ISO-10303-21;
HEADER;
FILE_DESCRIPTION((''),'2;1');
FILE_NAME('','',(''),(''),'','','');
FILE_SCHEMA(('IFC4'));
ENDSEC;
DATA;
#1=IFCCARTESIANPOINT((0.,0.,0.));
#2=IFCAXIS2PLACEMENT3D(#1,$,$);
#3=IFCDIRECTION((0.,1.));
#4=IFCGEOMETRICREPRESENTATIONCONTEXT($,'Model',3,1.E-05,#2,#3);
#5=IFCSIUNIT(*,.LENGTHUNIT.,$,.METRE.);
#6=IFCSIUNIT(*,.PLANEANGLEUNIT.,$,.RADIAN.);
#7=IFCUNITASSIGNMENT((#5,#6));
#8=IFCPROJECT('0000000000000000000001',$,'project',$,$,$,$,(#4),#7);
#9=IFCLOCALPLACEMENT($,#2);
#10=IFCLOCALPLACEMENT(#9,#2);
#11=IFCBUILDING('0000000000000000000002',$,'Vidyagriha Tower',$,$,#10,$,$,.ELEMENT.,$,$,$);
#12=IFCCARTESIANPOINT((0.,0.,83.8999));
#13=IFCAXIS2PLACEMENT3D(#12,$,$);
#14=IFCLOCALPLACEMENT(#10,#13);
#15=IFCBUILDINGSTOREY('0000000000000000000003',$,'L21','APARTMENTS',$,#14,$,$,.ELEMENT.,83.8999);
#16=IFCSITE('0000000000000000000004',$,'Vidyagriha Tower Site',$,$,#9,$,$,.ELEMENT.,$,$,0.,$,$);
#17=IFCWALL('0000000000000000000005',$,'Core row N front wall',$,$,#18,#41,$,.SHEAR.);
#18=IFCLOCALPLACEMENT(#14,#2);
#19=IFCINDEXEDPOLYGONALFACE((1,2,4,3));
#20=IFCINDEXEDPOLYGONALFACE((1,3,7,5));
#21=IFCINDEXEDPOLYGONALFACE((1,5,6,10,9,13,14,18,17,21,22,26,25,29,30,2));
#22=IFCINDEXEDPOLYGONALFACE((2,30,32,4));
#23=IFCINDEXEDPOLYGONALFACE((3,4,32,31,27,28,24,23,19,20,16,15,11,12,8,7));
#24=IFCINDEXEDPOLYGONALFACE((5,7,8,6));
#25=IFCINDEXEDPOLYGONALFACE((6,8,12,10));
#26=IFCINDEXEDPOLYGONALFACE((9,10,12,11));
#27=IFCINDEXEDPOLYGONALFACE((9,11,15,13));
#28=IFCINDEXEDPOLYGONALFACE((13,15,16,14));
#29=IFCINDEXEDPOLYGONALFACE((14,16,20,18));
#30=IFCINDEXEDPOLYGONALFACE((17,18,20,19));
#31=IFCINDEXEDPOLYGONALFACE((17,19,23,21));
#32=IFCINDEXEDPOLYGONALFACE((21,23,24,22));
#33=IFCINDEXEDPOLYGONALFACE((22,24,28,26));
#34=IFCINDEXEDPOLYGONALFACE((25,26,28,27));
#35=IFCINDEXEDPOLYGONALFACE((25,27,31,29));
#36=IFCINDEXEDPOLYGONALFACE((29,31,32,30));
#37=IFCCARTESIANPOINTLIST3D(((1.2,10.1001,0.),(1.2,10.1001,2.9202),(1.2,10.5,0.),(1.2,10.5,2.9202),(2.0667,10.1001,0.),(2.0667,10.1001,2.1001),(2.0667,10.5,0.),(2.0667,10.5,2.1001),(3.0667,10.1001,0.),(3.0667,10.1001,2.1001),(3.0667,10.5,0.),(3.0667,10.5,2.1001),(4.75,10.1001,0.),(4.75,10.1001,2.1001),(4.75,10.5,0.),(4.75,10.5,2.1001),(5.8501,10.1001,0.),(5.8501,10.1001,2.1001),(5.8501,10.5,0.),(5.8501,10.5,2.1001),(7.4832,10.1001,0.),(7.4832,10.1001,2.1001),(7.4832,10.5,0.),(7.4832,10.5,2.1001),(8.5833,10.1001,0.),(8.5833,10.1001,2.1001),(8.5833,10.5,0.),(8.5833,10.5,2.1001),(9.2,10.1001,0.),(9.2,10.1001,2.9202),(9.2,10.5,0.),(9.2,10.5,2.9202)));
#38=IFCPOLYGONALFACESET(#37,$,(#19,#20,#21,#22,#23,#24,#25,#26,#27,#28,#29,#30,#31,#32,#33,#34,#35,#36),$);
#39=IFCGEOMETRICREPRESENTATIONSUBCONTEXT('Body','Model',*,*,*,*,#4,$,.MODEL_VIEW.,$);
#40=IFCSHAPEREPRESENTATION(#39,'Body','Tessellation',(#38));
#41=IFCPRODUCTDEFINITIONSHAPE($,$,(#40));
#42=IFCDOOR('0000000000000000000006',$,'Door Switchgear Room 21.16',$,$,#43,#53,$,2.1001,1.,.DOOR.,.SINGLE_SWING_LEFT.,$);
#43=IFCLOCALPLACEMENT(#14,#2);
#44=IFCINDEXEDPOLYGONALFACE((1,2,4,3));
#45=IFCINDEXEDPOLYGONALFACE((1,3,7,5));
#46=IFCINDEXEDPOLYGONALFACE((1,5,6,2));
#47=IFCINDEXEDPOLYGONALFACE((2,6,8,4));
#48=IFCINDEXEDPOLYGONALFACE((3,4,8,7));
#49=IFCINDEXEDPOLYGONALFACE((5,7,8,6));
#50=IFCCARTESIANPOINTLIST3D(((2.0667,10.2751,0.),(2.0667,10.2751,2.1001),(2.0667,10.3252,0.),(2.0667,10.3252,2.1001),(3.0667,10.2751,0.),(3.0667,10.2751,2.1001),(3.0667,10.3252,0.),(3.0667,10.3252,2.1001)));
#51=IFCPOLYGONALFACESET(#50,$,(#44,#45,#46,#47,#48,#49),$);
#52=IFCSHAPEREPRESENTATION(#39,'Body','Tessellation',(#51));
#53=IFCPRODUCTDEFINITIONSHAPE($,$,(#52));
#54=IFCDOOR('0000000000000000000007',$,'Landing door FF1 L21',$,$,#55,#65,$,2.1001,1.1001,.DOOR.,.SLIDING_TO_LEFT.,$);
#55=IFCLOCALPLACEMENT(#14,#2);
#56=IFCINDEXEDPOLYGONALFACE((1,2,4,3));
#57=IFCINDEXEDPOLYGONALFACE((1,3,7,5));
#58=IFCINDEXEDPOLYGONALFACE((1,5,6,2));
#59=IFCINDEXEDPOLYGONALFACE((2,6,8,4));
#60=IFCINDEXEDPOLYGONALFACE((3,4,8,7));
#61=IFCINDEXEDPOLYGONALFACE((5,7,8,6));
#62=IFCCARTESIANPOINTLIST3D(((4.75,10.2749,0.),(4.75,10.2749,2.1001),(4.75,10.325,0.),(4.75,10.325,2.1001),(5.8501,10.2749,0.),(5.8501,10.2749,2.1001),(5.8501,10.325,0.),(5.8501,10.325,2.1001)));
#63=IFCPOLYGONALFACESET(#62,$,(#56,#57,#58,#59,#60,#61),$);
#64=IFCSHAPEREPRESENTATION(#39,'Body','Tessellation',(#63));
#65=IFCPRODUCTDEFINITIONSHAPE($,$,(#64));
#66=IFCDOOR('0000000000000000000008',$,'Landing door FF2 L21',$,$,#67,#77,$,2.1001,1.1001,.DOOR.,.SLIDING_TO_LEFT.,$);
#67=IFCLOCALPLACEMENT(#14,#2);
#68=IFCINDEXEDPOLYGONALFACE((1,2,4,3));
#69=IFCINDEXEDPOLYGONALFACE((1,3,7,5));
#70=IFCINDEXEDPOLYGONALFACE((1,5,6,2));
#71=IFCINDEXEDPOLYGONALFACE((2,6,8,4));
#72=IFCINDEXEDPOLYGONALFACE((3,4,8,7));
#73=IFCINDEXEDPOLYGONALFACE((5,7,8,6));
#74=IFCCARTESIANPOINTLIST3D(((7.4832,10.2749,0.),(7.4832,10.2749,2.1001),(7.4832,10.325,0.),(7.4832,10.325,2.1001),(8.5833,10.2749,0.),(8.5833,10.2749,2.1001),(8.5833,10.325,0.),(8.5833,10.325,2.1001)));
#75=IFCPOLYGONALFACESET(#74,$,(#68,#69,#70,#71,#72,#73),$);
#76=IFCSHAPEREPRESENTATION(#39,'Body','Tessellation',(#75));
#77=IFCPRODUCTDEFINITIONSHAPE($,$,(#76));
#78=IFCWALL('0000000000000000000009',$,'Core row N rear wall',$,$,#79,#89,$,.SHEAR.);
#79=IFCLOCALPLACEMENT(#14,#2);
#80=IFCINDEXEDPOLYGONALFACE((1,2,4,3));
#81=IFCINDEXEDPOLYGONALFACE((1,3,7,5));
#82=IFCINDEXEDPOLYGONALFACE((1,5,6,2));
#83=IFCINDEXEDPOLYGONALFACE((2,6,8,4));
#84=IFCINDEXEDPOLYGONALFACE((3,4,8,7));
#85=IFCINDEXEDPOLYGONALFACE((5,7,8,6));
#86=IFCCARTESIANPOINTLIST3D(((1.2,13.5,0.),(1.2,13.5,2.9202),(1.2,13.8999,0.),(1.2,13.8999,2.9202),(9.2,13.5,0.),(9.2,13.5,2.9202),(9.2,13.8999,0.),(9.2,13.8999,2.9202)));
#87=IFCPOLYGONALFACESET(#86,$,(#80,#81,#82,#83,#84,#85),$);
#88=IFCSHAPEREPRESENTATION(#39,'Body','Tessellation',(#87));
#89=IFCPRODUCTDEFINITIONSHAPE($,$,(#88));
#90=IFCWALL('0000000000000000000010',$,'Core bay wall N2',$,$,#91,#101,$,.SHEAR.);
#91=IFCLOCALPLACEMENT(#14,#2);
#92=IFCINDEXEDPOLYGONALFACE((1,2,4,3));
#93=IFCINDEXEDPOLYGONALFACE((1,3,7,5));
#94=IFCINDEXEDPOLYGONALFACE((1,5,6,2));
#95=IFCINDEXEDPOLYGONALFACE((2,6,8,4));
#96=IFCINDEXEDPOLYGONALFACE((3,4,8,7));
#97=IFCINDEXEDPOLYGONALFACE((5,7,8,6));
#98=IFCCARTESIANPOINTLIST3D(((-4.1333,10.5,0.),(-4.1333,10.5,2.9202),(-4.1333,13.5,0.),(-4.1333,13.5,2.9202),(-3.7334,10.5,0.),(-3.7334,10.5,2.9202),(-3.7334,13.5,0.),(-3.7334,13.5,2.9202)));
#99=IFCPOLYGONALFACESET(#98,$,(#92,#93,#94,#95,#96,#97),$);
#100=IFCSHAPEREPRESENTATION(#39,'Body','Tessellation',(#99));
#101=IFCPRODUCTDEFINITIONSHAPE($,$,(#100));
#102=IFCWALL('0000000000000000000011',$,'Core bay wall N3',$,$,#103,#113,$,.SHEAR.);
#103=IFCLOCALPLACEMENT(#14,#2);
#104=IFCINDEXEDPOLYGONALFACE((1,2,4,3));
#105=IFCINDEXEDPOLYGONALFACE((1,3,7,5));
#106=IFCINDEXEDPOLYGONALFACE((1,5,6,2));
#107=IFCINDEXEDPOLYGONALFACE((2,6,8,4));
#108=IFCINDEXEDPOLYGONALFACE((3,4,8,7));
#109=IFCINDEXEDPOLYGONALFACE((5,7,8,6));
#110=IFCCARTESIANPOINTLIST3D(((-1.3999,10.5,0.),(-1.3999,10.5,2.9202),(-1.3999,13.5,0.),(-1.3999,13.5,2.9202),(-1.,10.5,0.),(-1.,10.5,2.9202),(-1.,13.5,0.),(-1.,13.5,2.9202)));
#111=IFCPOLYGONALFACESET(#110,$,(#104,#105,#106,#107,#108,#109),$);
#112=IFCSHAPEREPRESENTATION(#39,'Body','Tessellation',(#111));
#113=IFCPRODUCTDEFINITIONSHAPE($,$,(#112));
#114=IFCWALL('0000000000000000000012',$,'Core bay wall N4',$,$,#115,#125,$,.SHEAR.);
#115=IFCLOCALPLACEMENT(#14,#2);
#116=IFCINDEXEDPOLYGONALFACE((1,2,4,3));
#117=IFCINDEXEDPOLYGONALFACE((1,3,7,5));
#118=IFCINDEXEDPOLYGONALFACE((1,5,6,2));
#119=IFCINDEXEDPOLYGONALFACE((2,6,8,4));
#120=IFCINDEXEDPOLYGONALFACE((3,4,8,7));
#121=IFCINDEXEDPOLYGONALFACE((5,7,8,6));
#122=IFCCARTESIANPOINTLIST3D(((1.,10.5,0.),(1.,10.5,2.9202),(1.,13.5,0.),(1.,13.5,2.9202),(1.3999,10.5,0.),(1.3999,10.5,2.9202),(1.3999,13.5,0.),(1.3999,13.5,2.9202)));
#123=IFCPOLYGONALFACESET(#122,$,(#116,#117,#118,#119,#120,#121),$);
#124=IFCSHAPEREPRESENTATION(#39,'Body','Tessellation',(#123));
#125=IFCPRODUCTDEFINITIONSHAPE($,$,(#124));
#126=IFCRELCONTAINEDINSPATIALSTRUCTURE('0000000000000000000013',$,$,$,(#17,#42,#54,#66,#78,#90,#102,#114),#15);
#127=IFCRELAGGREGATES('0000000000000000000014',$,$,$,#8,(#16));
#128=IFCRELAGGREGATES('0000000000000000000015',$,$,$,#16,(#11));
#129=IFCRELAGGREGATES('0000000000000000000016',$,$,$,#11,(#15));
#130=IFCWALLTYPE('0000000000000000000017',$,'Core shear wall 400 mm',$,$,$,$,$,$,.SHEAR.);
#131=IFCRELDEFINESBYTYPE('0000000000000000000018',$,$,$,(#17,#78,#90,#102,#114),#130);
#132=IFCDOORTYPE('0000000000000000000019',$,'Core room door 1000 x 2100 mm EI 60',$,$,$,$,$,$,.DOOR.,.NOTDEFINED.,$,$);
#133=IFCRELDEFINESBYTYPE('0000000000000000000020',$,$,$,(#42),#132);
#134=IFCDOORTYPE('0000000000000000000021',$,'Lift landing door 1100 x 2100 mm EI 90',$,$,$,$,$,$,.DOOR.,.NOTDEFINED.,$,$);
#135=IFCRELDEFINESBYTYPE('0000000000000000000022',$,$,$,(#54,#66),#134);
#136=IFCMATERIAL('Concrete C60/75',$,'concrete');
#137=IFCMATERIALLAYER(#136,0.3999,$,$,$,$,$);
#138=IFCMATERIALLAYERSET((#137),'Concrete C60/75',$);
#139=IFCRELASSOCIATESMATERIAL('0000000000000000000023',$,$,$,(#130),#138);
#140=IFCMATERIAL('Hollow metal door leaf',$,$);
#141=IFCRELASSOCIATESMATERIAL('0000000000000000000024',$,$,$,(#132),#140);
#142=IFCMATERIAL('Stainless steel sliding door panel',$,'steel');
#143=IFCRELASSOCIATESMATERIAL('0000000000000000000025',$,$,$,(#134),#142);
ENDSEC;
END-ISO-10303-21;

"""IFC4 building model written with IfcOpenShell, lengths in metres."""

from ifc_helpers import new_model, si_unit, direction, frame, frame_2d, origin, place, context, subcontext, project, spatial, rectangle, extrude, material, layer, layer_set, type_object, element, fill, save


model = new_model("IFC4")

# Units and contexts
model_context = context("Model", 3, precision=1e-05, world=origin(), true_north=direction((0.0, 1.0)))
body_context = subcontext(model_context, "Body", "Model", "MODEL_VIEW")
ifc_project = project(units=[si_unit("LENGTHUNIT", "METRE"), si_unit("PLANEANGLEUNIT", "RADIAN")], contexts=[model_context])

# Site, building, storey
site_placement = place(None, origin())
site = spatial("IfcSite", under=ifc_project, at=site_placement, Name="Vidyagriha Tower Site", CompositionType="ELEMENT", RefElevation=0.0)
building_placement = place(site_placement, origin())
building = spatial("IfcBuilding", under=site, at=building_placement, Name="Vidyagriha Tower", CompositionType="ELEMENT")
storey_placement = place(building_placement, frame((0.0, 0.0, 83.8999)))
storey = spatial("IfcBuildingStorey", under=building, at=storey_placement, Name="L21", Description="APARTMENTS", CompositionType="ELEMENT", Elevation=83.8999)

# Shared definitions
ifc_material_1 = material(Name="Concrete C60/75", Category="concrete")
ifc_layer_1 = layer(ifc_material_1, 0.3999)
ifc_layer_set_1 = layer_set([ifc_layer_1], Name="Concrete C60/75")
wall_type_1 = type_object("IfcWallType", Name="Core shear wall 400 mm", PredefinedType="SHEAR", material=ifc_layer_set_1)
ifc_material_2 = material(Name="Hollow metal door leaf")
door_type_1 = type_object("IfcDoorType", Name="Core room door 1000 x 2100 mm EI 60", OperationType="NOTDEFINED", PredefinedType="DOOR", material=ifc_material_2)

# Wall, openings, doors
wall_1_placement = place(storey_placement, frame((1.2, 10.3, 0.0)))
wall_1 = element("IfcWall", 1, at=wall_1_placement, inside=storey, type_object=wall_type_1, Name="Core row N front wall", PredefinedType="SHEAR", context=body_context, shape_type="SweptSolid", body=[
    extrude(rectangle(XDim=8.0, YDim=0.3999, at=frame_2d((4.0, 0.0))), origin(), (0.0, 0.0, 1.0), 2.9202),
])
opening_1_placement = place(wall_1_placement, frame((3.55, 0.0, 0.0)))
opening_1 = element("IfcOpeningElement", 2, at=opening_1_placement, cuts=wall_1, PredefinedType="OPENING", context=body_context, shape_type="SweptSolid", body=[
    extrude(rectangle(XDim=1.1001, YDim=2.1001, at=frame_2d((0.55, 1.05))), frame((0.0, 0.21, 0.0), z_axis=(0.0, -1.0, 0.0), x_axis=(1.0, 0.0, 0.0)), (0.0, 0.0, 1.0), 0.4199),
])
opening_2_placement = place(wall_1_placement, frame((6.2832, 0.0, 0.0)))
opening_2 = element("IfcOpeningElement", 3, at=opening_2_placement, cuts=wall_1, PredefinedType="OPENING", context=body_context, shape_type="SweptSolid", body=[
    extrude(rectangle(XDim=1.1001, YDim=2.1001, at=frame_2d((0.55, 1.05))), frame((0.0, 0.21, 0.0), z_axis=(0.0, -1.0, 0.0), x_axis=(1.0, 0.0, 0.0)), (0.0, 0.0, 1.0), 0.4199),
])
opening_3_placement = place(wall_1_placement, frame((0.8667, 0.0, 0.0)))
opening_3 = element("IfcOpeningElement", 4, at=opening_3_placement, cuts=wall_1, PredefinedType="OPENING", context=body_context, shape_type="SweptSolid", body=[
    extrude(rectangle(XDim=1.0, YDim=2.1001, at=frame_2d((0.5, 1.05))), frame((0.0, 0.21, 0.0), z_axis=(0.0, -1.0, 0.0), x_axis=(1.0, 0.0, 0.0)), (0.0, 0.0, 1.0), 0.4199),
])
door_1_placement = place(opening_3_placement, frame((1.0, 0.0, 0.0), z_axis=(0.0, 0.0, 1.0), x_axis=(-1.0, 0.0, 0.0)))
door_1 = element("IfcDoor", 5, at=door_1_placement, inside=storey, type_object=door_type_1, Name="Door Switchgear Room 21.16", OperationType="SINGLE_SWING_LEFT", OverallHeight=2.1001, OverallWidth=1.0, PredefinedType="DOOR", context=body_context, shape_type="SweptSolid", body=[
    extrude(rectangle(XDim=1.0, YDim=2.1001, at=frame_2d((0.5, 1.05))), frame((0.0, 0.0249, 0.0), z_axis=(0.0, -1.0, 0.0), x_axis=(1.0, 0.0, 0.0)), (0.0, 0.0, 1.0), 0.05),
])
fill(opening_3, door_1)
ifc_material_3 = material(Name="Stainless steel sliding door panel", Category="steel")
door_type_2 = type_object("IfcDoorType", Name="Lift landing door 1100 x 2100 mm EI 90", OperationType="NOTDEFINED", PredefinedType="DOOR", material=ifc_material_3)
door_2_placement = place(opening_1_placement, origin())
door_2 = element("IfcDoor", 6, at=door_2_placement, inside=storey, type_object=door_type_2, Name="Landing door FF1 L21", OperationType="SLIDING_TO_LEFT", OverallHeight=2.1001, OverallWidth=1.1001, PredefinedType="DOOR", context=body_context, shape_type="SweptSolid", body=[
    extrude(rectangle(XDim=1.1001, YDim=2.1001, at=frame_2d((0.55, 1.05))), frame((0.0, 0.0249, 0.0), z_axis=(0.0, -1.0, 0.0), x_axis=(1.0, 0.0, 0.0)), (0.0, 0.0, 1.0), 0.05),
])
fill(opening_1, door_2)
door_3_placement = place(opening_2_placement, origin())
door_3 = element("IfcDoor", 7, at=door_3_placement, inside=storey, type_object=door_type_2, Name="Landing door FF2 L21", OperationType="SLIDING_TO_LEFT", OverallHeight=2.1001, OverallWidth=1.1001, PredefinedType="DOOR", context=body_context, shape_type="SweptSolid", body=[
    extrude(rectangle(XDim=1.1001, YDim=2.1001, at=frame_2d((0.55, 1.05))), frame((0.0, 0.0249, 0.0), z_axis=(0.0, -1.0, 0.0), x_axis=(1.0, 0.0, 0.0)), (0.0, 0.0, 1.0), 0.05),
])
fill(opening_2, door_3)

# Walls
wall_2_placement = place(storey_placement, frame((1.2, 13.7, 0.0)))
element("IfcWall", 8, at=wall_2_placement, inside=storey, type_object=wall_type_1, Name="Core row N rear wall", PredefinedType="SHEAR", context=body_context, shape_type="SweptSolid", body=[
    extrude(rectangle(XDim=8.0, YDim=0.3999, at=frame_2d((4.0, 0.0))), origin(), (0.0, 0.0, 1.0), 2.9202),
])
for number, where, z_axis, x_axis, name in (
    (9, (-3.9333, 10.5, 0.0), (0.0, 0.0, 1.0), (0.0, 1.0, 0.0), "Core bay wall N2"),
    (10, (-1.2, 10.5, 0.0), (0.0, 0.0, 1.0), (0.0, 1.0, 0.0), "Core bay wall N3"),
    (11, (1.2, 10.5, 0.0), (0.0, 0.0, 1.0), (0.0, 1.0, 0.0), "Core bay wall N4"),
):
    element("IfcWall", number, at=place(storey_placement, frame(where, z_axis=z_axis, x_axis=x_axis)), inside=storey, type_object=wall_type_1, Name=name, PredefinedType="SHEAR", context=body_context, shape_type="SweptSolid", body=[
        extrude(rectangle(XDim=3.0, YDim=0.3999, at=frame_2d((1.5, 0.0))), origin(), (0.0, 0.0, 1.0), 2.9202),
    ])

save(model, "model.ifc")
